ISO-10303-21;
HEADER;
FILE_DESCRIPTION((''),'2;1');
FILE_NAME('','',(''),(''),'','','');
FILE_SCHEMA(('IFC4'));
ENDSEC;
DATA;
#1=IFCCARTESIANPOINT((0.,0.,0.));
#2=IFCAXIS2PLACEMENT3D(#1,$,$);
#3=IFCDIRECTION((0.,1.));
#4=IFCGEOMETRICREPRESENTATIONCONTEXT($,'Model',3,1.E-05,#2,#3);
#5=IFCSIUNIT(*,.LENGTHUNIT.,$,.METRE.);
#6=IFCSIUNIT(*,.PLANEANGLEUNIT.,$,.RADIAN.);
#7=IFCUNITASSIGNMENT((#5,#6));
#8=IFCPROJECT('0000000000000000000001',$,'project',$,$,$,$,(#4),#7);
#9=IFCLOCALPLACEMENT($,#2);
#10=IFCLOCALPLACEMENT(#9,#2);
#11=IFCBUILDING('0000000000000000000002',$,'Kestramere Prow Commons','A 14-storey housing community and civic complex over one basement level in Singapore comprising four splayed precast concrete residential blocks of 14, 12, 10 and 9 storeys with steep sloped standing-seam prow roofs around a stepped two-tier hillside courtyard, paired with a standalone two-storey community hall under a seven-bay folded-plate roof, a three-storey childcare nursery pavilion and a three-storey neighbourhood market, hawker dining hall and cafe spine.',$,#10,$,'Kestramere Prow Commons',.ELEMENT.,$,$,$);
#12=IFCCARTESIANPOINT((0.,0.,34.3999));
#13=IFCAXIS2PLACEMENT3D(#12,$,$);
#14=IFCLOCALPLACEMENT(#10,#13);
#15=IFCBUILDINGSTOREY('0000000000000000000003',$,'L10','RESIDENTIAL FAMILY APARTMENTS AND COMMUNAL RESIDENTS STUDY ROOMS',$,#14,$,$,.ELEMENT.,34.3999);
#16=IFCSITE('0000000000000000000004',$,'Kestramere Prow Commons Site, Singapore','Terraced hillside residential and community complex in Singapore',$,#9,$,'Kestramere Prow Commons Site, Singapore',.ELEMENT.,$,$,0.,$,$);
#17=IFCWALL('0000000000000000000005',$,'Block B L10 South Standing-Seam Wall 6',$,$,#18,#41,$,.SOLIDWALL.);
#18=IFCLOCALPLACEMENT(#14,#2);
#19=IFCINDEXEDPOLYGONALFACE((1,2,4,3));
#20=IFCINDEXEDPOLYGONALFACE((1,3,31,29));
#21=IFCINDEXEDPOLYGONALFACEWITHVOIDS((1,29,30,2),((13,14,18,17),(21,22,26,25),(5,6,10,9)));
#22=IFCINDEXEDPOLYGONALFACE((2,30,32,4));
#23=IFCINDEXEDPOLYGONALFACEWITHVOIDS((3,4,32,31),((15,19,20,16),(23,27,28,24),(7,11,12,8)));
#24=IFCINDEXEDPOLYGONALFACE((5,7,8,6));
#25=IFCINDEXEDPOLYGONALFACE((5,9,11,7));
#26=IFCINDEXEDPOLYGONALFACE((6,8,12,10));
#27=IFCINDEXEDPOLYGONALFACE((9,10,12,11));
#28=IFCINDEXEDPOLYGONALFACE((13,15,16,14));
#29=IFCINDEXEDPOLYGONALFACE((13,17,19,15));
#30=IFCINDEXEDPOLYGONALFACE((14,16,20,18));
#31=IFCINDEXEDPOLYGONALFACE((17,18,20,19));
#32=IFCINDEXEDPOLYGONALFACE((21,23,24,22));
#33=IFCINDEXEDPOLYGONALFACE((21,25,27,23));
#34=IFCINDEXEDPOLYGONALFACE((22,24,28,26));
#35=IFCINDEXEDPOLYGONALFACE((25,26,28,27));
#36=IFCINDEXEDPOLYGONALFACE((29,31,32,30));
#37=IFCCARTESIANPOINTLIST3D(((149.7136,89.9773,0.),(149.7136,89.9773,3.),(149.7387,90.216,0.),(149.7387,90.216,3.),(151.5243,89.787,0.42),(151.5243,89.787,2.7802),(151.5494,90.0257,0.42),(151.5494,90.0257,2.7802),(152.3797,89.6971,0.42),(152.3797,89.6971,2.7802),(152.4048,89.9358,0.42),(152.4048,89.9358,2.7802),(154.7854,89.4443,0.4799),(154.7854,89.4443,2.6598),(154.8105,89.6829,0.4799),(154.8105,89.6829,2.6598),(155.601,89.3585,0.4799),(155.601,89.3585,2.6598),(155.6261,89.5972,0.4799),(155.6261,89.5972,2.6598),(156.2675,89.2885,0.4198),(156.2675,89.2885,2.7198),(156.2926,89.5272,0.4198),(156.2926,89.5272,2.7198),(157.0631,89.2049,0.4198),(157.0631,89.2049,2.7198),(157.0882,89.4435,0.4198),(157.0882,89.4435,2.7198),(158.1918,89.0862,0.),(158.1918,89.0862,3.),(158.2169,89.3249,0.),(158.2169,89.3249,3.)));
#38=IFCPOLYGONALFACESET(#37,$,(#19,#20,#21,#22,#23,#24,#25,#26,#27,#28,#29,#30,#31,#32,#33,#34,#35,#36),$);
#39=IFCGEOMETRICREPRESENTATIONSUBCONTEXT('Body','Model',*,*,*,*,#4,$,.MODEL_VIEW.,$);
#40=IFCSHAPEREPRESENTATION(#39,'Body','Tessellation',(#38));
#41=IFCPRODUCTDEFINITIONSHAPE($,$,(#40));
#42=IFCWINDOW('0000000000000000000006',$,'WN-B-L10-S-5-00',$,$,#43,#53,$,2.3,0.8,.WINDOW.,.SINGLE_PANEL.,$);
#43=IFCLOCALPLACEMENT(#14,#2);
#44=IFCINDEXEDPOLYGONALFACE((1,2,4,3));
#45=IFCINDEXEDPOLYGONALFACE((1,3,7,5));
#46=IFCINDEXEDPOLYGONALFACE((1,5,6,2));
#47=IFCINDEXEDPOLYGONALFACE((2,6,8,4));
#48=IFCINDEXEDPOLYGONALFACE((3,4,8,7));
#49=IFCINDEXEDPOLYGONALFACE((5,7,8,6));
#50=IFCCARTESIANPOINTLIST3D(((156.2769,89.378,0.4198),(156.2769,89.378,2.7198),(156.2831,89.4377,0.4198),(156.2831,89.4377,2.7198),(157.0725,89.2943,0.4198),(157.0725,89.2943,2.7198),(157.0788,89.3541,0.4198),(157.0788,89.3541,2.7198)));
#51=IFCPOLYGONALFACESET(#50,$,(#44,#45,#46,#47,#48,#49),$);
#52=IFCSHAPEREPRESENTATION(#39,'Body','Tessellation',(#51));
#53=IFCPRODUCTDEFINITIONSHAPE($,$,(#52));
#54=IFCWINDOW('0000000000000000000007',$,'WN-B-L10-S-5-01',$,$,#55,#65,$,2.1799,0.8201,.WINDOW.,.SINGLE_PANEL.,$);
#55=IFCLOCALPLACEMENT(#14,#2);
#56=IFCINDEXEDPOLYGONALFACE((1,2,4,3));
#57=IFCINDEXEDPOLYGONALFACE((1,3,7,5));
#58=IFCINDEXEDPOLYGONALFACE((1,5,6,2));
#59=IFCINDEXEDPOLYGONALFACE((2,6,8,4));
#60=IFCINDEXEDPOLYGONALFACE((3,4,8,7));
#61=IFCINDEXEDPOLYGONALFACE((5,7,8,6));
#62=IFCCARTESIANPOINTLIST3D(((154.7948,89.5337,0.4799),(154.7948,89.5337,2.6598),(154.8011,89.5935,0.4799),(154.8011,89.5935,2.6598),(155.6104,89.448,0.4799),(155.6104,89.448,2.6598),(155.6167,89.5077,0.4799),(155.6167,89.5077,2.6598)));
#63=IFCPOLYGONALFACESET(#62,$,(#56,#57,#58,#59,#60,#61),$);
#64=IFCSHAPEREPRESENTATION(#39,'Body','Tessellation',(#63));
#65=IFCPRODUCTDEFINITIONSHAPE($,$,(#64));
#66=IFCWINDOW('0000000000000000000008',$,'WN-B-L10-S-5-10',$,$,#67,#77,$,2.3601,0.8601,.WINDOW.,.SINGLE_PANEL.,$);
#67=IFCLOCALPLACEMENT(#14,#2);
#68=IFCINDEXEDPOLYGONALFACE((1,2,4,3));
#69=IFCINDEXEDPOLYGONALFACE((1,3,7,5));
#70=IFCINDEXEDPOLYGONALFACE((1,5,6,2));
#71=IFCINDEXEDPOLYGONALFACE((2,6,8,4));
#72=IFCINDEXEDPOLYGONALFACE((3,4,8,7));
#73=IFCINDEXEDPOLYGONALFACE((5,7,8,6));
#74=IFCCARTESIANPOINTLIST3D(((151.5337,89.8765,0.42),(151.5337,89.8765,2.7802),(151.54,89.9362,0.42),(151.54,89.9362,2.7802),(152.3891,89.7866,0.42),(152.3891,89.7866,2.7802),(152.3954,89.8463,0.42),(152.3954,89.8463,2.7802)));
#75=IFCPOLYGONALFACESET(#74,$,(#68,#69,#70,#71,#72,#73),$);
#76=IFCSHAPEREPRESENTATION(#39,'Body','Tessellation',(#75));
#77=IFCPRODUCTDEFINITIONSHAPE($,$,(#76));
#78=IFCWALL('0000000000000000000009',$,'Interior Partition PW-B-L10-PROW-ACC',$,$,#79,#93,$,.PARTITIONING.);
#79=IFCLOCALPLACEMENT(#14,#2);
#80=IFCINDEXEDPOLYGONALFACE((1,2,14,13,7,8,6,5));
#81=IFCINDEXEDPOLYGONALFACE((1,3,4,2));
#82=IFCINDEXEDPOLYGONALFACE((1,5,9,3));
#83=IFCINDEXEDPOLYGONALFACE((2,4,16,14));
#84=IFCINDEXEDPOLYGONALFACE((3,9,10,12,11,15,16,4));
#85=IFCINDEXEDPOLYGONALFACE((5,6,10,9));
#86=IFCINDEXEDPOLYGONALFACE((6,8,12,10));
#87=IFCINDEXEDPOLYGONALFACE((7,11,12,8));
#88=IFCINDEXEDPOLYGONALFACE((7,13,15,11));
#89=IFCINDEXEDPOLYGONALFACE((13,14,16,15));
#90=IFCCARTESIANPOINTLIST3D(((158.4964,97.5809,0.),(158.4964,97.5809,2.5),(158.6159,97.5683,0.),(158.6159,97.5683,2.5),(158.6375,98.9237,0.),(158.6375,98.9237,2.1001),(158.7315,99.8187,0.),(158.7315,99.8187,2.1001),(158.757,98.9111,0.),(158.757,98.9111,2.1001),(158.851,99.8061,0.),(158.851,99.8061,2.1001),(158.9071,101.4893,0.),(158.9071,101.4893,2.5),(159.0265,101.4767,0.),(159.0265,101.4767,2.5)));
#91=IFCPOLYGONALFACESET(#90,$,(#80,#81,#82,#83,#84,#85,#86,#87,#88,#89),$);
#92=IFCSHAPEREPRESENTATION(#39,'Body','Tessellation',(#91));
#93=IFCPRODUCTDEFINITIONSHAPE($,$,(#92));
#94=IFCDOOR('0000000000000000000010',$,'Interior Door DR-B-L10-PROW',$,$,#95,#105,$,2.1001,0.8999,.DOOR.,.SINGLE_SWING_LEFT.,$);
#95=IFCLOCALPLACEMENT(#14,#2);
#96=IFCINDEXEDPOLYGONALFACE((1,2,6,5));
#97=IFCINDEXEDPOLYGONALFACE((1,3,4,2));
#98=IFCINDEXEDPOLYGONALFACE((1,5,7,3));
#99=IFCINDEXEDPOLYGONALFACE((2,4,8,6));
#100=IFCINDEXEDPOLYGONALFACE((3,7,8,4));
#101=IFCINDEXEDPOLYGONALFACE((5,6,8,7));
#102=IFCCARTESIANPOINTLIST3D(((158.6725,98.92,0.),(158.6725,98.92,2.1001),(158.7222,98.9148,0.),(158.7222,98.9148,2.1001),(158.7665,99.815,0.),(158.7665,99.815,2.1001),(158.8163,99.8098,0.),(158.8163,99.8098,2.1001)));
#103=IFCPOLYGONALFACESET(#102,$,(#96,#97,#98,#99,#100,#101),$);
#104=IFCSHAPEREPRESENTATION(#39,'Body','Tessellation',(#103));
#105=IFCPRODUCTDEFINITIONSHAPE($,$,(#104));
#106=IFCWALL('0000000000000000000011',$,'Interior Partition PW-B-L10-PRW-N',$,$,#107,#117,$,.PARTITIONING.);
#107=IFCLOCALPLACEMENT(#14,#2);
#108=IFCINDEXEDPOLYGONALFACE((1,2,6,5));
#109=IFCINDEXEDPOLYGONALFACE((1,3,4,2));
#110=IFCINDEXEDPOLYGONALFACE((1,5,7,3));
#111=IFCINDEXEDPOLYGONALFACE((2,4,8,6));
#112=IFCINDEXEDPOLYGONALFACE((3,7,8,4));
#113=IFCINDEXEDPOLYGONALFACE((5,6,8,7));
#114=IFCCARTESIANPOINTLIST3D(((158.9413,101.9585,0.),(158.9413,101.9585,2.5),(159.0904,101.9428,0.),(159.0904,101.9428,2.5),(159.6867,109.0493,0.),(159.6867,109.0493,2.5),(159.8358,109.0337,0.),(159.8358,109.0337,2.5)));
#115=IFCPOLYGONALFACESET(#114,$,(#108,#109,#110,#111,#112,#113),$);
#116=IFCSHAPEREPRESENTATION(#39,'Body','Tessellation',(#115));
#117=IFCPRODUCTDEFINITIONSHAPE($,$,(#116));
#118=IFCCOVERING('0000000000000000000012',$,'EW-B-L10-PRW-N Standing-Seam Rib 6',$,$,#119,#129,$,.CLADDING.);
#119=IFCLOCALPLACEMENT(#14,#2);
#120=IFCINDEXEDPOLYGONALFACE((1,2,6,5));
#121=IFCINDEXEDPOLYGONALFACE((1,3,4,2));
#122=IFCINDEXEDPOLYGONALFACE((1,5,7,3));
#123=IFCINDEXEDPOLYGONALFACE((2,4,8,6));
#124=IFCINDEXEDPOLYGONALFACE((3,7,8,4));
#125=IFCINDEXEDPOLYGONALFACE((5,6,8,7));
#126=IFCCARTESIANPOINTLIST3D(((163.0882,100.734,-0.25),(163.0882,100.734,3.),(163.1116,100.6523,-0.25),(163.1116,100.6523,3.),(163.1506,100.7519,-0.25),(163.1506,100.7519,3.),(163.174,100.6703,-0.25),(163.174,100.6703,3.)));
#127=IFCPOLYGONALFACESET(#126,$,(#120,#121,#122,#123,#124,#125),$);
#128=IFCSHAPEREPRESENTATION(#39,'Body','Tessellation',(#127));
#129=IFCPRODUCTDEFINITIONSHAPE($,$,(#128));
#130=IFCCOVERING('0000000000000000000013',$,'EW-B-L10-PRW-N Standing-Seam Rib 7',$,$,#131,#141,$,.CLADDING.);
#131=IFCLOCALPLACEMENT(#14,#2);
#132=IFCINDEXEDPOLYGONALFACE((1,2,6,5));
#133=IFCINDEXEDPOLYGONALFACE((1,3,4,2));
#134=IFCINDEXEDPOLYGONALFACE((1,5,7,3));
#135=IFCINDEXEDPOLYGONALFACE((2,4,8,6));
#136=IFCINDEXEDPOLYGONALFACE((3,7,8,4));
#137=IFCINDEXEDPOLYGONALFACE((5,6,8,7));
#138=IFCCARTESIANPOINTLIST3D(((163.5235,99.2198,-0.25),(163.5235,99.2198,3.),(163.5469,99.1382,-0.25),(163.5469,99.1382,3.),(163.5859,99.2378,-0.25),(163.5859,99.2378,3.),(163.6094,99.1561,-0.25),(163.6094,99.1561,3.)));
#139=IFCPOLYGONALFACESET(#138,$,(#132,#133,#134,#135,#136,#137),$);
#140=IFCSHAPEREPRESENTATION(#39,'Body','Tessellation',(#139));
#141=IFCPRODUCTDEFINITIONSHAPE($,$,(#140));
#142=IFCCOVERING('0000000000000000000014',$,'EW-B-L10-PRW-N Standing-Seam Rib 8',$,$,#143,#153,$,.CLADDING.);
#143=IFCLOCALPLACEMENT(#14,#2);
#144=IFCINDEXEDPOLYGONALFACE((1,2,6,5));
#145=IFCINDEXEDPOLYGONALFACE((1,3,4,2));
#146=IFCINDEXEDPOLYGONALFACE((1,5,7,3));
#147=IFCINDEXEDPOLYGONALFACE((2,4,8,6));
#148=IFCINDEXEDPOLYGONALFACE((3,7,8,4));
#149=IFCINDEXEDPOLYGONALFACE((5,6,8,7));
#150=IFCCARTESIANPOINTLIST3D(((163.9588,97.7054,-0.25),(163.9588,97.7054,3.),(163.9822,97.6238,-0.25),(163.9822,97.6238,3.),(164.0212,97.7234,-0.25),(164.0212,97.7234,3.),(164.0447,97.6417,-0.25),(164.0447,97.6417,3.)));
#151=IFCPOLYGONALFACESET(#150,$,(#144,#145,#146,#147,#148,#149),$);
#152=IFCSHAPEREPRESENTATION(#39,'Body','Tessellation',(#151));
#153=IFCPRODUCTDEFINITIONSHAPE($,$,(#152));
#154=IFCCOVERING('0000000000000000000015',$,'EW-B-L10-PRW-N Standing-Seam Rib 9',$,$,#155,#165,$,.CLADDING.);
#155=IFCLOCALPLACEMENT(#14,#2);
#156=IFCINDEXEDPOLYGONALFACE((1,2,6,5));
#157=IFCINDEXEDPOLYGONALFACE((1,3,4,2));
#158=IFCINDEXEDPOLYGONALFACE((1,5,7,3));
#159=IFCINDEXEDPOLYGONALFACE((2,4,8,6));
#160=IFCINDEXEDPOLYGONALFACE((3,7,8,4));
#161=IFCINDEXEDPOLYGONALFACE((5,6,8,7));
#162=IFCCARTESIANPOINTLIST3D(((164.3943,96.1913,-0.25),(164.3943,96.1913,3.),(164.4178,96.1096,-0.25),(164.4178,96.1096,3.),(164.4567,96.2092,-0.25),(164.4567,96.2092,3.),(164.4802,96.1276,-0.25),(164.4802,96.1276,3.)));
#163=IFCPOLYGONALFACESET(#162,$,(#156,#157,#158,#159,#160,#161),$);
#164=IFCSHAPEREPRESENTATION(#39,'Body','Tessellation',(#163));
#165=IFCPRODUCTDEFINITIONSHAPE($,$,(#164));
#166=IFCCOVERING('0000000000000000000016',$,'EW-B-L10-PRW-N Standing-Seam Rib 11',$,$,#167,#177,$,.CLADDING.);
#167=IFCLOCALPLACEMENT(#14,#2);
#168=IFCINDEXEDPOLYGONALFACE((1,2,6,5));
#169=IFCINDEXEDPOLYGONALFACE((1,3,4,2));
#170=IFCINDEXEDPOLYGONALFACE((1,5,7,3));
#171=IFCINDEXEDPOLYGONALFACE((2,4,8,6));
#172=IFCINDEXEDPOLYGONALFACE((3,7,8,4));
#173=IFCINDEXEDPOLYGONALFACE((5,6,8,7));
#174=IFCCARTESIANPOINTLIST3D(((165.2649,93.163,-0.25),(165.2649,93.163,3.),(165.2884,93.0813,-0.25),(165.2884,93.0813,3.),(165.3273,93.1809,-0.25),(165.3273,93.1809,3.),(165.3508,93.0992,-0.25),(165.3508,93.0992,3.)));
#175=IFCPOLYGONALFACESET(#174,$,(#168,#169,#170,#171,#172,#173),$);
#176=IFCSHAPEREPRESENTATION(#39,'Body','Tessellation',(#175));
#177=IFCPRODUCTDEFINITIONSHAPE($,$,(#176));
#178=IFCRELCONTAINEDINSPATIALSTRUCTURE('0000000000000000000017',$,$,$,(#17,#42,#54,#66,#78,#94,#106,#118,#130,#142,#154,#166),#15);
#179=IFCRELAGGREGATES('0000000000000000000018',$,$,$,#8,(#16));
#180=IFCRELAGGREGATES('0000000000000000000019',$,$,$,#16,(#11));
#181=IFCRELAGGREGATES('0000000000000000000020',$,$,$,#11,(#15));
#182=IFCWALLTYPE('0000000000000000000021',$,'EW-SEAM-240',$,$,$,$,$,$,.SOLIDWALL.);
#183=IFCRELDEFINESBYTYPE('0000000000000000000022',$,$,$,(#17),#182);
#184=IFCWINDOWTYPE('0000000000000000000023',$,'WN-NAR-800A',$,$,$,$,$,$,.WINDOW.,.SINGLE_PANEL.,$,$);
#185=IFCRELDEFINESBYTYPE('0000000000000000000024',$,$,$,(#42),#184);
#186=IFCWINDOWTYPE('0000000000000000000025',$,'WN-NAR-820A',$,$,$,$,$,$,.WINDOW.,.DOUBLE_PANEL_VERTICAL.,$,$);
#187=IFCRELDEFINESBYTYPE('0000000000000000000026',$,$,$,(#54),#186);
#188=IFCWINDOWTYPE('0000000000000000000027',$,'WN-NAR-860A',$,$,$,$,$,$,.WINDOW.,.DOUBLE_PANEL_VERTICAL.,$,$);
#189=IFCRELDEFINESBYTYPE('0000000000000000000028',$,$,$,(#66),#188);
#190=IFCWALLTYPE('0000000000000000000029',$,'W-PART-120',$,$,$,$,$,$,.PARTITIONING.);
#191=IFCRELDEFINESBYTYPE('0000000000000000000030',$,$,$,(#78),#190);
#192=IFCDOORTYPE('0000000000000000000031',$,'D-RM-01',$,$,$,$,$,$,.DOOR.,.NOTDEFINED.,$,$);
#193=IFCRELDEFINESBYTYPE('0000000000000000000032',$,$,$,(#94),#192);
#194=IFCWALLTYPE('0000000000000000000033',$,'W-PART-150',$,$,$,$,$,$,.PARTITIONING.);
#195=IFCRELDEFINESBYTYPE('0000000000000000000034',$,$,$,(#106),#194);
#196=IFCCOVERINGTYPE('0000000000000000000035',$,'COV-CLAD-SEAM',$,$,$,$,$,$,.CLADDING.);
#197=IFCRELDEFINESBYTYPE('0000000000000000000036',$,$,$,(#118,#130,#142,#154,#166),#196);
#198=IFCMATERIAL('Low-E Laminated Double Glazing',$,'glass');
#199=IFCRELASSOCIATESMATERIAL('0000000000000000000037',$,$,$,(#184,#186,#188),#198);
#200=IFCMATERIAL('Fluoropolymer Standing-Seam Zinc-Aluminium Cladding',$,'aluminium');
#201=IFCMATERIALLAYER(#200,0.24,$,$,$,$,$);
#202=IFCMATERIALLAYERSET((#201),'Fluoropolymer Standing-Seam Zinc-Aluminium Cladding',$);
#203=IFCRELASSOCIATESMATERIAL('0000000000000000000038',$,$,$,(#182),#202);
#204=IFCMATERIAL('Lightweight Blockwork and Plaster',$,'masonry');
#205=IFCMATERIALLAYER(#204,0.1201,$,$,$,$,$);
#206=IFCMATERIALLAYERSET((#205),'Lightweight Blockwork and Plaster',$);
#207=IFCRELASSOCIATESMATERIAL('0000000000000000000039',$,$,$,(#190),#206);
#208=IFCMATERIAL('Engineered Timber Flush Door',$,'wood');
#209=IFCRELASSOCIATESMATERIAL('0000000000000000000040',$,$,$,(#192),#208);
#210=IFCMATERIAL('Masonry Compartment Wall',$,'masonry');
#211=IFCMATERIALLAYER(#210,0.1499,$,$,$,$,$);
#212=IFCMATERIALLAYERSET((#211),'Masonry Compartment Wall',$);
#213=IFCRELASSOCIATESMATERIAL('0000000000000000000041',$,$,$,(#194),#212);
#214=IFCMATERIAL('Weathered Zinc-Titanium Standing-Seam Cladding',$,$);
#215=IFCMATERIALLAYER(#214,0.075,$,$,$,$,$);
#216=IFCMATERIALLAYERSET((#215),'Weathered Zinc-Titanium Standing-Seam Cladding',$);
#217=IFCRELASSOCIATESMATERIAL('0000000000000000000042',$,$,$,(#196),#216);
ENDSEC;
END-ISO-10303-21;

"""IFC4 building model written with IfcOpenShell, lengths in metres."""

from ifc_helpers import new_model, si_unit, direction, frame, frame_2d, origin, origin_2d, place, context, subcontext, project, spatial, rectangle, extrude, material, layer, layer_set, type_object, element, fill, save


model = new_model("IFC4")

# Units and contexts
model_context = context("Model", 3, precision=1e-05, world=origin(), true_north=direction((0.0, 1.0)))
body_context = subcontext(model_context, "Body", "Model", "MODEL_VIEW")
ifc_project = project(units=[si_unit("LENGTHUNIT", "METRE"), si_unit("PLANEANGLEUNIT", "RADIAN")], contexts=[model_context])

# Site, building, storey
site_placement = place(None, origin())
site = spatial("IfcSite", under=ifc_project, at=site_placement, Name="Kestramere Prow Commons Site, Singapore", Description="Terraced hillside residential and community complex in Singapore", LongName="Kestramere Prow Commons Site, Singapore", CompositionType="ELEMENT", RefElevation=0.0)
building_placement = place(site_placement, origin())
building = spatial("IfcBuilding", under=site, at=building_placement, Name="Kestramere Prow Commons", Description="A 14-storey housing community and civic complex over one basement level in Singapore comprising four splayed precast concrete residential blocks of 14, 12, 10 and 9 storeys with steep sloped standing-seam prow roofs around a stepped two-tier hillside courtyard, paired with a standalone two-storey community hall under a seven-bay folded-plate roof, a three-storey childcare nursery pavilion and a three-storey neighbourhood market, hawker dining hall and cafe spine.", LongName="Kestramere Prow Commons", CompositionType="ELEMENT")
storey_placement = place(building_placement, frame((0.0, 0.0, 34.3999)))
storey = spatial("IfcBuildingStorey", under=building, at=storey_placement, Name="L10", Description="RESIDENTIAL FAMILY APARTMENTS AND COMMUNAL RESIDENTS STUDY ROOMS", CompositionType="ELEMENT", Elevation=34.3999)

# Wall, openings, windows
ifc_material_1 = material(Name="Weathered Zinc-Titanium Standing-Seam Cladding")
ifc_material_2 = material(Name="Low-E Laminated Double Glazing", Category="glass")
window_type_1 = type_object("IfcWindowType", Name="WN-NAR-800A", PartitioningType="SINGLE_PANEL", PredefinedType="WINDOW", material=ifc_material_2)
ifc_material_3 = material(Name="Fluoropolymer Standing-Seam Zinc-Aluminium Cladding", Category="aluminium")
ifc_layer_1 = layer(ifc_material_3, 0.24)
ifc_layer_set_1 = layer_set([ifc_layer_1], Name="Fluoropolymer Standing-Seam Zinc-Aluminium Cladding")
wall_type_1 = type_object("IfcWallType", Name="EW-SEAM-240", PredefinedType="SOLIDWALL", material=ifc_layer_set_1)
wall_1_placement = place(storey_placement, frame((158.2043, 89.2056, 0.0), z_axis=(0.0, 0.0, 1.0), x_axis=(-0.994522, 0.10453, 0.0)))
wall_1 = element("IfcWall", 1, at=wall_1_placement, inside=storey, type_object=wall_type_1, Name="Block B L10 South Standing-Seam Wall 6", PredefinedType="SOLIDWALL", context=body_context, shape_type="SweptSolid", body=[
    extrude(rectangle(XDim=8.5249, YDim=0.24, at=frame_2d((4.2625, 0.0))), origin(), (0.0, 0.0, 1.0), 3.0),
])
opening_1_placement = place(wall_1_placement, frame((1.135, 0.0, 0.4199)))
opening_1 = element("IfcOpeningElement", 2, at=opening_1_placement, cuts=wall_1, PredefinedType="OPENING", context=body_context, shape_type="SweptSolid", body=[
    extrude(rectangle(XDim=0.8, YDim=2.3, at=frame_2d((0.3999, 1.1499))), frame((0.0, 0.135, 0.0), z_axis=(0.0, -1.0, 0.0), x_axis=(1.0, 0.0, 0.0)), (0.0, 0.0, 1.0), 0.27),
])
opening_2_placement = place(wall_1_placement, frame((2.605, 0.0, 0.48)))
opening_2 = element("IfcOpeningElement", 3, at=opening_2_placement, cuts=wall_1, PredefinedType="OPENING", context=body_context, shape_type="SweptSolid", body=[
    extrude(rectangle(XDim=0.8201, YDim=2.1799, at=frame_2d((0.4102, 1.0898))), frame((0.0, 0.135, 0.0), z_axis=(0.0, -1.0, 0.0), x_axis=(1.0, 0.0, 0.0)), (0.0, 0.0, 1.0), 0.27),
])
opening_3_placement = place(wall_1_placement, frame((5.844, 0.0, 0.4199)))
opening_3 = element("IfcOpeningElement", 4, at=opening_3_placement, cuts=wall_1, PredefinedType="OPENING", context=body_context, shape_type="SweptSolid", body=[
    extrude(rectangle(XDim=0.8601, YDim=2.3601, at=frame_2d((0.4302, 1.1802))), frame((0.0, 0.135, 0.0), z_axis=(0.0, -1.0, 0.0), x_axis=(1.0, 0.0, 0.0)), (0.0, 0.0, 1.0), 0.27),
])
window_1_placement = place(opening_1_placement, origin())
window_1 = element("IfcWindow", 5, at=window_1_placement, inside=storey, type_object=window_type_1, Name="WN-B-L10-S-5-00", OverallHeight=2.3, OverallWidth=0.8, PartitioningType="SINGLE_PANEL", PredefinedType="WINDOW", context=body_context, shape_type="SweptSolid", body=[
    extrude(rectangle(XDim=0.8, YDim=2.3, at=frame_2d((0.3999, 1.1499))), frame((0.0, 0.03, 0.0), z_axis=(0.0, -1.0, 0.0), x_axis=(1.0, 0.0, 0.0)), (0.0, 0.0, 1.0), 0.0601),
])
fill(opening_1, window_1)
window_type_2 = type_object("IfcWindowType", Name="WN-NAR-820A", PartitioningType="DOUBLE_PANEL_VERTICAL", PredefinedType="WINDOW", material=ifc_material_2)
window_2_placement = place(opening_2_placement, origin())
window_2 = element("IfcWindow", 6, at=window_2_placement, inside=storey, type_object=window_type_2, Name="WN-B-L10-S-5-01", OverallHeight=2.1799, OverallWidth=0.8201, PartitioningType="SINGLE_PANEL", PredefinedType="WINDOW", context=body_context, shape_type="SweptSolid", body=[
    extrude(rectangle(XDim=0.8201, YDim=2.1799, at=frame_2d((0.4102, 1.0898))), frame((0.0, 0.03, 0.0), z_axis=(0.0, -1.0, 0.0), x_axis=(1.0, 0.0, 0.0)), (0.0, 0.0, 1.0), 0.0601),
])
fill(opening_2, window_2)
window_type_3 = type_object("IfcWindowType", Name="WN-NAR-860A", PartitioningType="DOUBLE_PANEL_VERTICAL", PredefinedType="WINDOW", material=ifc_material_2)
window_3_placement = place(opening_3_placement, origin())
window_3 = element("IfcWindow", 7, at=window_3_placement, inside=storey, type_object=window_type_3, Name="WN-B-L10-S-5-10", OverallHeight=2.3601, OverallWidth=0.8601, PartitioningType="SINGLE_PANEL", PredefinedType="WINDOW", context=body_context, shape_type="SweptSolid", body=[
    extrude(rectangle(XDim=0.8601, YDim=2.3601, at=frame_2d((0.4302, 1.1802))), frame((0.0, 0.03, 0.0), z_axis=(0.0, -1.0, 0.0), x_axis=(1.0, 0.0, 0.0)), (0.0, 0.0, 1.0), 0.0601),
])
fill(opening_3, window_3)

# Wall, opening, door
ifc_material_4 = material(Name="Lightweight Blockwork and Plaster", Category="masonry")
ifc_layer_2 = layer(ifc_material_4, 0.1201)
ifc_layer_set_2 = layer_set([ifc_layer_2], Name="Lightweight Blockwork and Plaster")
wall_type_2 = type_object("IfcWallType", Name="W-PART-120", PredefinedType="PARTITIONING", material=ifc_layer_set_2)
wall_2_placement = place(storey_placement, frame((158.5562, 97.5747, 0.0), z_axis=(0.0, 0.0, 1.0), x_axis=(0.104491, 0.994526, 0.0)))
wall_2 = element("IfcWall", 8, at=wall_2_placement, inside=storey, type_object=wall_type_2, Name="Interior Partition PW-B-L10-PROW-ACC", PredefinedType="PARTITIONING", context=body_context, shape_type="SweptSolid", body=[
    extrude(rectangle(XDim=3.9299, YDim=0.1201, at=frame_2d((1.9648, 0.0))), origin(), (0.0, 0.0, 1.0), 2.5),
])
opening_4_placement = place(wall_2_placement, frame((1.3501, 0.0, 0.0)))
opening_4 = element("IfcOpeningElement", 9, at=opening_4_placement, cuts=wall_2, PredefinedType="OPENING", context=body_context, shape_type="SweptSolid", body=[
    extrude(rectangle(XDim=0.8999, YDim=2.1001, at=frame_2d((0.45, 1.05))), frame((0.0, 0.075, 0.0), z_axis=(0.0, -1.0, 0.0), x_axis=(1.0, 0.0, 0.0)), (0.0, 0.0, 1.0), 0.1501),
])
ifc_material_5 = material(Name="Engineered Timber Flush Door", Category="wood")
door_type = type_object("IfcDoorType", Name="D-RM-01", OperationType="NOTDEFINED", PredefinedType="DOOR", material=ifc_material_5)
door_placement = place(opening_4_placement, origin())
door = element("IfcDoor", 10, at=door_placement, inside=storey, type_object=door_type, Name="Interior Door DR-B-L10-PROW", OperationType="SINGLE_SWING_LEFT", OverallHeight=2.1001, OverallWidth=0.8999, PredefinedType="DOOR", context=body_context, shape_type="SweptSolid", body=[
    extrude(rectangle(XDim=0.8999, YDim=2.1001, at=frame_2d((0.45, 1.05))), frame((0.0, 0.0249, 0.0), z_axis=(0.0, -1.0, 0.0), x_axis=(1.0, 0.0, 0.0)), (0.0, 0.0, 1.0), 0.05),
])
fill(opening_4, door)

# Wall
ifc_material_6 = material(Name="Masonry Compartment Wall", Category="masonry")
ifc_layer_3 = layer(ifc_material_6, 0.1499)
ifc_layer_set_3 = layer_set([ifc_layer_3], Name="Masonry Compartment Wall")
wall_type_3 = type_object("IfcWallType", Name="W-PART-150", PredefinedType="PARTITIONING", material=ifc_layer_set_3)
wall_3_placement = place(storey_placement, frame((159.0159, 101.9507, 0.0), z_axis=(0.0, 0.0, 1.0), x_axis=(0.10454, 0.994521, 0.0)))
element("IfcWall", 11, at=wall_3_placement, inside=storey, type_object=wall_type_3, Name="Interior Partition PW-B-L10-PRW-N", PredefinedType="PARTITIONING", context=body_context, shape_type="SweptSolid", body=[
    extrude(rectangle(XDim=7.1299, YDim=0.1499, at=frame_2d((3.5649, 0.0))), origin(), (0.0, 0.0, 1.0), 2.5),
])

# Coverings
ifc_layer_4 = layer(ifc_material_1, 0.075)
ifc_layer_set_4 = layer_set([ifc_layer_4], Name="Weathered Zinc-Titanium Standing-Seam Cladding")
covering_type = type_object("IfcCoveringType", Name="COV-CLAD-SEAM", PredefinedType="CLADDING", material=ifc_layer_set_4)
for number, where, z_axis, x_axis, name in (
    (12, (163.1311, 100.7021, -0.25), (0.0, 0.0, 1.0), (0.276318, -0.961066, 0.0), "EW-B-L10-PRW-N Standing-Seam Rib 6"),
    (13, (163.5664, 99.188, -0.25), (0.0, 0.0, 1.0), (0.276318, -0.961066, 0.0), "EW-B-L10-PRW-N Standing-Seam Rib 7"),
    (14, (164.0017, 97.6736, -0.25), (0.0, 0.0, 1.0), (0.276318, -0.961066, 0.0), "EW-B-L10-PRW-N Standing-Seam Rib 8"),
    (15, (164.4373, 96.1594, -0.25), (0.0, 0.0, 1.0), (0.276318, -0.961066, 0.0), "EW-B-L10-PRW-N Standing-Seam Rib 9"),
    (16, (165.3079, 93.1311, -0.25), (0.0, 0.0, 1.0), (0.276318, -0.961066, 0.0), "EW-B-L10-PRW-N Standing-Seam Rib 11"),
):
    element("IfcCovering", number, at=place(storey_placement, frame(where, z_axis=z_axis, x_axis=x_axis)), inside=storey, type_object=covering_type, Name=name, PredefinedType="CLADDING", context=body_context, shape_type="SweptSolid", body=[
        extrude(rectangle(XDim=0.085, YDim=0.0649, at=origin_2d()), origin(), (0.0, 0.0, 1.0), 3.25),
    ])

save(model, "model.ifc")
